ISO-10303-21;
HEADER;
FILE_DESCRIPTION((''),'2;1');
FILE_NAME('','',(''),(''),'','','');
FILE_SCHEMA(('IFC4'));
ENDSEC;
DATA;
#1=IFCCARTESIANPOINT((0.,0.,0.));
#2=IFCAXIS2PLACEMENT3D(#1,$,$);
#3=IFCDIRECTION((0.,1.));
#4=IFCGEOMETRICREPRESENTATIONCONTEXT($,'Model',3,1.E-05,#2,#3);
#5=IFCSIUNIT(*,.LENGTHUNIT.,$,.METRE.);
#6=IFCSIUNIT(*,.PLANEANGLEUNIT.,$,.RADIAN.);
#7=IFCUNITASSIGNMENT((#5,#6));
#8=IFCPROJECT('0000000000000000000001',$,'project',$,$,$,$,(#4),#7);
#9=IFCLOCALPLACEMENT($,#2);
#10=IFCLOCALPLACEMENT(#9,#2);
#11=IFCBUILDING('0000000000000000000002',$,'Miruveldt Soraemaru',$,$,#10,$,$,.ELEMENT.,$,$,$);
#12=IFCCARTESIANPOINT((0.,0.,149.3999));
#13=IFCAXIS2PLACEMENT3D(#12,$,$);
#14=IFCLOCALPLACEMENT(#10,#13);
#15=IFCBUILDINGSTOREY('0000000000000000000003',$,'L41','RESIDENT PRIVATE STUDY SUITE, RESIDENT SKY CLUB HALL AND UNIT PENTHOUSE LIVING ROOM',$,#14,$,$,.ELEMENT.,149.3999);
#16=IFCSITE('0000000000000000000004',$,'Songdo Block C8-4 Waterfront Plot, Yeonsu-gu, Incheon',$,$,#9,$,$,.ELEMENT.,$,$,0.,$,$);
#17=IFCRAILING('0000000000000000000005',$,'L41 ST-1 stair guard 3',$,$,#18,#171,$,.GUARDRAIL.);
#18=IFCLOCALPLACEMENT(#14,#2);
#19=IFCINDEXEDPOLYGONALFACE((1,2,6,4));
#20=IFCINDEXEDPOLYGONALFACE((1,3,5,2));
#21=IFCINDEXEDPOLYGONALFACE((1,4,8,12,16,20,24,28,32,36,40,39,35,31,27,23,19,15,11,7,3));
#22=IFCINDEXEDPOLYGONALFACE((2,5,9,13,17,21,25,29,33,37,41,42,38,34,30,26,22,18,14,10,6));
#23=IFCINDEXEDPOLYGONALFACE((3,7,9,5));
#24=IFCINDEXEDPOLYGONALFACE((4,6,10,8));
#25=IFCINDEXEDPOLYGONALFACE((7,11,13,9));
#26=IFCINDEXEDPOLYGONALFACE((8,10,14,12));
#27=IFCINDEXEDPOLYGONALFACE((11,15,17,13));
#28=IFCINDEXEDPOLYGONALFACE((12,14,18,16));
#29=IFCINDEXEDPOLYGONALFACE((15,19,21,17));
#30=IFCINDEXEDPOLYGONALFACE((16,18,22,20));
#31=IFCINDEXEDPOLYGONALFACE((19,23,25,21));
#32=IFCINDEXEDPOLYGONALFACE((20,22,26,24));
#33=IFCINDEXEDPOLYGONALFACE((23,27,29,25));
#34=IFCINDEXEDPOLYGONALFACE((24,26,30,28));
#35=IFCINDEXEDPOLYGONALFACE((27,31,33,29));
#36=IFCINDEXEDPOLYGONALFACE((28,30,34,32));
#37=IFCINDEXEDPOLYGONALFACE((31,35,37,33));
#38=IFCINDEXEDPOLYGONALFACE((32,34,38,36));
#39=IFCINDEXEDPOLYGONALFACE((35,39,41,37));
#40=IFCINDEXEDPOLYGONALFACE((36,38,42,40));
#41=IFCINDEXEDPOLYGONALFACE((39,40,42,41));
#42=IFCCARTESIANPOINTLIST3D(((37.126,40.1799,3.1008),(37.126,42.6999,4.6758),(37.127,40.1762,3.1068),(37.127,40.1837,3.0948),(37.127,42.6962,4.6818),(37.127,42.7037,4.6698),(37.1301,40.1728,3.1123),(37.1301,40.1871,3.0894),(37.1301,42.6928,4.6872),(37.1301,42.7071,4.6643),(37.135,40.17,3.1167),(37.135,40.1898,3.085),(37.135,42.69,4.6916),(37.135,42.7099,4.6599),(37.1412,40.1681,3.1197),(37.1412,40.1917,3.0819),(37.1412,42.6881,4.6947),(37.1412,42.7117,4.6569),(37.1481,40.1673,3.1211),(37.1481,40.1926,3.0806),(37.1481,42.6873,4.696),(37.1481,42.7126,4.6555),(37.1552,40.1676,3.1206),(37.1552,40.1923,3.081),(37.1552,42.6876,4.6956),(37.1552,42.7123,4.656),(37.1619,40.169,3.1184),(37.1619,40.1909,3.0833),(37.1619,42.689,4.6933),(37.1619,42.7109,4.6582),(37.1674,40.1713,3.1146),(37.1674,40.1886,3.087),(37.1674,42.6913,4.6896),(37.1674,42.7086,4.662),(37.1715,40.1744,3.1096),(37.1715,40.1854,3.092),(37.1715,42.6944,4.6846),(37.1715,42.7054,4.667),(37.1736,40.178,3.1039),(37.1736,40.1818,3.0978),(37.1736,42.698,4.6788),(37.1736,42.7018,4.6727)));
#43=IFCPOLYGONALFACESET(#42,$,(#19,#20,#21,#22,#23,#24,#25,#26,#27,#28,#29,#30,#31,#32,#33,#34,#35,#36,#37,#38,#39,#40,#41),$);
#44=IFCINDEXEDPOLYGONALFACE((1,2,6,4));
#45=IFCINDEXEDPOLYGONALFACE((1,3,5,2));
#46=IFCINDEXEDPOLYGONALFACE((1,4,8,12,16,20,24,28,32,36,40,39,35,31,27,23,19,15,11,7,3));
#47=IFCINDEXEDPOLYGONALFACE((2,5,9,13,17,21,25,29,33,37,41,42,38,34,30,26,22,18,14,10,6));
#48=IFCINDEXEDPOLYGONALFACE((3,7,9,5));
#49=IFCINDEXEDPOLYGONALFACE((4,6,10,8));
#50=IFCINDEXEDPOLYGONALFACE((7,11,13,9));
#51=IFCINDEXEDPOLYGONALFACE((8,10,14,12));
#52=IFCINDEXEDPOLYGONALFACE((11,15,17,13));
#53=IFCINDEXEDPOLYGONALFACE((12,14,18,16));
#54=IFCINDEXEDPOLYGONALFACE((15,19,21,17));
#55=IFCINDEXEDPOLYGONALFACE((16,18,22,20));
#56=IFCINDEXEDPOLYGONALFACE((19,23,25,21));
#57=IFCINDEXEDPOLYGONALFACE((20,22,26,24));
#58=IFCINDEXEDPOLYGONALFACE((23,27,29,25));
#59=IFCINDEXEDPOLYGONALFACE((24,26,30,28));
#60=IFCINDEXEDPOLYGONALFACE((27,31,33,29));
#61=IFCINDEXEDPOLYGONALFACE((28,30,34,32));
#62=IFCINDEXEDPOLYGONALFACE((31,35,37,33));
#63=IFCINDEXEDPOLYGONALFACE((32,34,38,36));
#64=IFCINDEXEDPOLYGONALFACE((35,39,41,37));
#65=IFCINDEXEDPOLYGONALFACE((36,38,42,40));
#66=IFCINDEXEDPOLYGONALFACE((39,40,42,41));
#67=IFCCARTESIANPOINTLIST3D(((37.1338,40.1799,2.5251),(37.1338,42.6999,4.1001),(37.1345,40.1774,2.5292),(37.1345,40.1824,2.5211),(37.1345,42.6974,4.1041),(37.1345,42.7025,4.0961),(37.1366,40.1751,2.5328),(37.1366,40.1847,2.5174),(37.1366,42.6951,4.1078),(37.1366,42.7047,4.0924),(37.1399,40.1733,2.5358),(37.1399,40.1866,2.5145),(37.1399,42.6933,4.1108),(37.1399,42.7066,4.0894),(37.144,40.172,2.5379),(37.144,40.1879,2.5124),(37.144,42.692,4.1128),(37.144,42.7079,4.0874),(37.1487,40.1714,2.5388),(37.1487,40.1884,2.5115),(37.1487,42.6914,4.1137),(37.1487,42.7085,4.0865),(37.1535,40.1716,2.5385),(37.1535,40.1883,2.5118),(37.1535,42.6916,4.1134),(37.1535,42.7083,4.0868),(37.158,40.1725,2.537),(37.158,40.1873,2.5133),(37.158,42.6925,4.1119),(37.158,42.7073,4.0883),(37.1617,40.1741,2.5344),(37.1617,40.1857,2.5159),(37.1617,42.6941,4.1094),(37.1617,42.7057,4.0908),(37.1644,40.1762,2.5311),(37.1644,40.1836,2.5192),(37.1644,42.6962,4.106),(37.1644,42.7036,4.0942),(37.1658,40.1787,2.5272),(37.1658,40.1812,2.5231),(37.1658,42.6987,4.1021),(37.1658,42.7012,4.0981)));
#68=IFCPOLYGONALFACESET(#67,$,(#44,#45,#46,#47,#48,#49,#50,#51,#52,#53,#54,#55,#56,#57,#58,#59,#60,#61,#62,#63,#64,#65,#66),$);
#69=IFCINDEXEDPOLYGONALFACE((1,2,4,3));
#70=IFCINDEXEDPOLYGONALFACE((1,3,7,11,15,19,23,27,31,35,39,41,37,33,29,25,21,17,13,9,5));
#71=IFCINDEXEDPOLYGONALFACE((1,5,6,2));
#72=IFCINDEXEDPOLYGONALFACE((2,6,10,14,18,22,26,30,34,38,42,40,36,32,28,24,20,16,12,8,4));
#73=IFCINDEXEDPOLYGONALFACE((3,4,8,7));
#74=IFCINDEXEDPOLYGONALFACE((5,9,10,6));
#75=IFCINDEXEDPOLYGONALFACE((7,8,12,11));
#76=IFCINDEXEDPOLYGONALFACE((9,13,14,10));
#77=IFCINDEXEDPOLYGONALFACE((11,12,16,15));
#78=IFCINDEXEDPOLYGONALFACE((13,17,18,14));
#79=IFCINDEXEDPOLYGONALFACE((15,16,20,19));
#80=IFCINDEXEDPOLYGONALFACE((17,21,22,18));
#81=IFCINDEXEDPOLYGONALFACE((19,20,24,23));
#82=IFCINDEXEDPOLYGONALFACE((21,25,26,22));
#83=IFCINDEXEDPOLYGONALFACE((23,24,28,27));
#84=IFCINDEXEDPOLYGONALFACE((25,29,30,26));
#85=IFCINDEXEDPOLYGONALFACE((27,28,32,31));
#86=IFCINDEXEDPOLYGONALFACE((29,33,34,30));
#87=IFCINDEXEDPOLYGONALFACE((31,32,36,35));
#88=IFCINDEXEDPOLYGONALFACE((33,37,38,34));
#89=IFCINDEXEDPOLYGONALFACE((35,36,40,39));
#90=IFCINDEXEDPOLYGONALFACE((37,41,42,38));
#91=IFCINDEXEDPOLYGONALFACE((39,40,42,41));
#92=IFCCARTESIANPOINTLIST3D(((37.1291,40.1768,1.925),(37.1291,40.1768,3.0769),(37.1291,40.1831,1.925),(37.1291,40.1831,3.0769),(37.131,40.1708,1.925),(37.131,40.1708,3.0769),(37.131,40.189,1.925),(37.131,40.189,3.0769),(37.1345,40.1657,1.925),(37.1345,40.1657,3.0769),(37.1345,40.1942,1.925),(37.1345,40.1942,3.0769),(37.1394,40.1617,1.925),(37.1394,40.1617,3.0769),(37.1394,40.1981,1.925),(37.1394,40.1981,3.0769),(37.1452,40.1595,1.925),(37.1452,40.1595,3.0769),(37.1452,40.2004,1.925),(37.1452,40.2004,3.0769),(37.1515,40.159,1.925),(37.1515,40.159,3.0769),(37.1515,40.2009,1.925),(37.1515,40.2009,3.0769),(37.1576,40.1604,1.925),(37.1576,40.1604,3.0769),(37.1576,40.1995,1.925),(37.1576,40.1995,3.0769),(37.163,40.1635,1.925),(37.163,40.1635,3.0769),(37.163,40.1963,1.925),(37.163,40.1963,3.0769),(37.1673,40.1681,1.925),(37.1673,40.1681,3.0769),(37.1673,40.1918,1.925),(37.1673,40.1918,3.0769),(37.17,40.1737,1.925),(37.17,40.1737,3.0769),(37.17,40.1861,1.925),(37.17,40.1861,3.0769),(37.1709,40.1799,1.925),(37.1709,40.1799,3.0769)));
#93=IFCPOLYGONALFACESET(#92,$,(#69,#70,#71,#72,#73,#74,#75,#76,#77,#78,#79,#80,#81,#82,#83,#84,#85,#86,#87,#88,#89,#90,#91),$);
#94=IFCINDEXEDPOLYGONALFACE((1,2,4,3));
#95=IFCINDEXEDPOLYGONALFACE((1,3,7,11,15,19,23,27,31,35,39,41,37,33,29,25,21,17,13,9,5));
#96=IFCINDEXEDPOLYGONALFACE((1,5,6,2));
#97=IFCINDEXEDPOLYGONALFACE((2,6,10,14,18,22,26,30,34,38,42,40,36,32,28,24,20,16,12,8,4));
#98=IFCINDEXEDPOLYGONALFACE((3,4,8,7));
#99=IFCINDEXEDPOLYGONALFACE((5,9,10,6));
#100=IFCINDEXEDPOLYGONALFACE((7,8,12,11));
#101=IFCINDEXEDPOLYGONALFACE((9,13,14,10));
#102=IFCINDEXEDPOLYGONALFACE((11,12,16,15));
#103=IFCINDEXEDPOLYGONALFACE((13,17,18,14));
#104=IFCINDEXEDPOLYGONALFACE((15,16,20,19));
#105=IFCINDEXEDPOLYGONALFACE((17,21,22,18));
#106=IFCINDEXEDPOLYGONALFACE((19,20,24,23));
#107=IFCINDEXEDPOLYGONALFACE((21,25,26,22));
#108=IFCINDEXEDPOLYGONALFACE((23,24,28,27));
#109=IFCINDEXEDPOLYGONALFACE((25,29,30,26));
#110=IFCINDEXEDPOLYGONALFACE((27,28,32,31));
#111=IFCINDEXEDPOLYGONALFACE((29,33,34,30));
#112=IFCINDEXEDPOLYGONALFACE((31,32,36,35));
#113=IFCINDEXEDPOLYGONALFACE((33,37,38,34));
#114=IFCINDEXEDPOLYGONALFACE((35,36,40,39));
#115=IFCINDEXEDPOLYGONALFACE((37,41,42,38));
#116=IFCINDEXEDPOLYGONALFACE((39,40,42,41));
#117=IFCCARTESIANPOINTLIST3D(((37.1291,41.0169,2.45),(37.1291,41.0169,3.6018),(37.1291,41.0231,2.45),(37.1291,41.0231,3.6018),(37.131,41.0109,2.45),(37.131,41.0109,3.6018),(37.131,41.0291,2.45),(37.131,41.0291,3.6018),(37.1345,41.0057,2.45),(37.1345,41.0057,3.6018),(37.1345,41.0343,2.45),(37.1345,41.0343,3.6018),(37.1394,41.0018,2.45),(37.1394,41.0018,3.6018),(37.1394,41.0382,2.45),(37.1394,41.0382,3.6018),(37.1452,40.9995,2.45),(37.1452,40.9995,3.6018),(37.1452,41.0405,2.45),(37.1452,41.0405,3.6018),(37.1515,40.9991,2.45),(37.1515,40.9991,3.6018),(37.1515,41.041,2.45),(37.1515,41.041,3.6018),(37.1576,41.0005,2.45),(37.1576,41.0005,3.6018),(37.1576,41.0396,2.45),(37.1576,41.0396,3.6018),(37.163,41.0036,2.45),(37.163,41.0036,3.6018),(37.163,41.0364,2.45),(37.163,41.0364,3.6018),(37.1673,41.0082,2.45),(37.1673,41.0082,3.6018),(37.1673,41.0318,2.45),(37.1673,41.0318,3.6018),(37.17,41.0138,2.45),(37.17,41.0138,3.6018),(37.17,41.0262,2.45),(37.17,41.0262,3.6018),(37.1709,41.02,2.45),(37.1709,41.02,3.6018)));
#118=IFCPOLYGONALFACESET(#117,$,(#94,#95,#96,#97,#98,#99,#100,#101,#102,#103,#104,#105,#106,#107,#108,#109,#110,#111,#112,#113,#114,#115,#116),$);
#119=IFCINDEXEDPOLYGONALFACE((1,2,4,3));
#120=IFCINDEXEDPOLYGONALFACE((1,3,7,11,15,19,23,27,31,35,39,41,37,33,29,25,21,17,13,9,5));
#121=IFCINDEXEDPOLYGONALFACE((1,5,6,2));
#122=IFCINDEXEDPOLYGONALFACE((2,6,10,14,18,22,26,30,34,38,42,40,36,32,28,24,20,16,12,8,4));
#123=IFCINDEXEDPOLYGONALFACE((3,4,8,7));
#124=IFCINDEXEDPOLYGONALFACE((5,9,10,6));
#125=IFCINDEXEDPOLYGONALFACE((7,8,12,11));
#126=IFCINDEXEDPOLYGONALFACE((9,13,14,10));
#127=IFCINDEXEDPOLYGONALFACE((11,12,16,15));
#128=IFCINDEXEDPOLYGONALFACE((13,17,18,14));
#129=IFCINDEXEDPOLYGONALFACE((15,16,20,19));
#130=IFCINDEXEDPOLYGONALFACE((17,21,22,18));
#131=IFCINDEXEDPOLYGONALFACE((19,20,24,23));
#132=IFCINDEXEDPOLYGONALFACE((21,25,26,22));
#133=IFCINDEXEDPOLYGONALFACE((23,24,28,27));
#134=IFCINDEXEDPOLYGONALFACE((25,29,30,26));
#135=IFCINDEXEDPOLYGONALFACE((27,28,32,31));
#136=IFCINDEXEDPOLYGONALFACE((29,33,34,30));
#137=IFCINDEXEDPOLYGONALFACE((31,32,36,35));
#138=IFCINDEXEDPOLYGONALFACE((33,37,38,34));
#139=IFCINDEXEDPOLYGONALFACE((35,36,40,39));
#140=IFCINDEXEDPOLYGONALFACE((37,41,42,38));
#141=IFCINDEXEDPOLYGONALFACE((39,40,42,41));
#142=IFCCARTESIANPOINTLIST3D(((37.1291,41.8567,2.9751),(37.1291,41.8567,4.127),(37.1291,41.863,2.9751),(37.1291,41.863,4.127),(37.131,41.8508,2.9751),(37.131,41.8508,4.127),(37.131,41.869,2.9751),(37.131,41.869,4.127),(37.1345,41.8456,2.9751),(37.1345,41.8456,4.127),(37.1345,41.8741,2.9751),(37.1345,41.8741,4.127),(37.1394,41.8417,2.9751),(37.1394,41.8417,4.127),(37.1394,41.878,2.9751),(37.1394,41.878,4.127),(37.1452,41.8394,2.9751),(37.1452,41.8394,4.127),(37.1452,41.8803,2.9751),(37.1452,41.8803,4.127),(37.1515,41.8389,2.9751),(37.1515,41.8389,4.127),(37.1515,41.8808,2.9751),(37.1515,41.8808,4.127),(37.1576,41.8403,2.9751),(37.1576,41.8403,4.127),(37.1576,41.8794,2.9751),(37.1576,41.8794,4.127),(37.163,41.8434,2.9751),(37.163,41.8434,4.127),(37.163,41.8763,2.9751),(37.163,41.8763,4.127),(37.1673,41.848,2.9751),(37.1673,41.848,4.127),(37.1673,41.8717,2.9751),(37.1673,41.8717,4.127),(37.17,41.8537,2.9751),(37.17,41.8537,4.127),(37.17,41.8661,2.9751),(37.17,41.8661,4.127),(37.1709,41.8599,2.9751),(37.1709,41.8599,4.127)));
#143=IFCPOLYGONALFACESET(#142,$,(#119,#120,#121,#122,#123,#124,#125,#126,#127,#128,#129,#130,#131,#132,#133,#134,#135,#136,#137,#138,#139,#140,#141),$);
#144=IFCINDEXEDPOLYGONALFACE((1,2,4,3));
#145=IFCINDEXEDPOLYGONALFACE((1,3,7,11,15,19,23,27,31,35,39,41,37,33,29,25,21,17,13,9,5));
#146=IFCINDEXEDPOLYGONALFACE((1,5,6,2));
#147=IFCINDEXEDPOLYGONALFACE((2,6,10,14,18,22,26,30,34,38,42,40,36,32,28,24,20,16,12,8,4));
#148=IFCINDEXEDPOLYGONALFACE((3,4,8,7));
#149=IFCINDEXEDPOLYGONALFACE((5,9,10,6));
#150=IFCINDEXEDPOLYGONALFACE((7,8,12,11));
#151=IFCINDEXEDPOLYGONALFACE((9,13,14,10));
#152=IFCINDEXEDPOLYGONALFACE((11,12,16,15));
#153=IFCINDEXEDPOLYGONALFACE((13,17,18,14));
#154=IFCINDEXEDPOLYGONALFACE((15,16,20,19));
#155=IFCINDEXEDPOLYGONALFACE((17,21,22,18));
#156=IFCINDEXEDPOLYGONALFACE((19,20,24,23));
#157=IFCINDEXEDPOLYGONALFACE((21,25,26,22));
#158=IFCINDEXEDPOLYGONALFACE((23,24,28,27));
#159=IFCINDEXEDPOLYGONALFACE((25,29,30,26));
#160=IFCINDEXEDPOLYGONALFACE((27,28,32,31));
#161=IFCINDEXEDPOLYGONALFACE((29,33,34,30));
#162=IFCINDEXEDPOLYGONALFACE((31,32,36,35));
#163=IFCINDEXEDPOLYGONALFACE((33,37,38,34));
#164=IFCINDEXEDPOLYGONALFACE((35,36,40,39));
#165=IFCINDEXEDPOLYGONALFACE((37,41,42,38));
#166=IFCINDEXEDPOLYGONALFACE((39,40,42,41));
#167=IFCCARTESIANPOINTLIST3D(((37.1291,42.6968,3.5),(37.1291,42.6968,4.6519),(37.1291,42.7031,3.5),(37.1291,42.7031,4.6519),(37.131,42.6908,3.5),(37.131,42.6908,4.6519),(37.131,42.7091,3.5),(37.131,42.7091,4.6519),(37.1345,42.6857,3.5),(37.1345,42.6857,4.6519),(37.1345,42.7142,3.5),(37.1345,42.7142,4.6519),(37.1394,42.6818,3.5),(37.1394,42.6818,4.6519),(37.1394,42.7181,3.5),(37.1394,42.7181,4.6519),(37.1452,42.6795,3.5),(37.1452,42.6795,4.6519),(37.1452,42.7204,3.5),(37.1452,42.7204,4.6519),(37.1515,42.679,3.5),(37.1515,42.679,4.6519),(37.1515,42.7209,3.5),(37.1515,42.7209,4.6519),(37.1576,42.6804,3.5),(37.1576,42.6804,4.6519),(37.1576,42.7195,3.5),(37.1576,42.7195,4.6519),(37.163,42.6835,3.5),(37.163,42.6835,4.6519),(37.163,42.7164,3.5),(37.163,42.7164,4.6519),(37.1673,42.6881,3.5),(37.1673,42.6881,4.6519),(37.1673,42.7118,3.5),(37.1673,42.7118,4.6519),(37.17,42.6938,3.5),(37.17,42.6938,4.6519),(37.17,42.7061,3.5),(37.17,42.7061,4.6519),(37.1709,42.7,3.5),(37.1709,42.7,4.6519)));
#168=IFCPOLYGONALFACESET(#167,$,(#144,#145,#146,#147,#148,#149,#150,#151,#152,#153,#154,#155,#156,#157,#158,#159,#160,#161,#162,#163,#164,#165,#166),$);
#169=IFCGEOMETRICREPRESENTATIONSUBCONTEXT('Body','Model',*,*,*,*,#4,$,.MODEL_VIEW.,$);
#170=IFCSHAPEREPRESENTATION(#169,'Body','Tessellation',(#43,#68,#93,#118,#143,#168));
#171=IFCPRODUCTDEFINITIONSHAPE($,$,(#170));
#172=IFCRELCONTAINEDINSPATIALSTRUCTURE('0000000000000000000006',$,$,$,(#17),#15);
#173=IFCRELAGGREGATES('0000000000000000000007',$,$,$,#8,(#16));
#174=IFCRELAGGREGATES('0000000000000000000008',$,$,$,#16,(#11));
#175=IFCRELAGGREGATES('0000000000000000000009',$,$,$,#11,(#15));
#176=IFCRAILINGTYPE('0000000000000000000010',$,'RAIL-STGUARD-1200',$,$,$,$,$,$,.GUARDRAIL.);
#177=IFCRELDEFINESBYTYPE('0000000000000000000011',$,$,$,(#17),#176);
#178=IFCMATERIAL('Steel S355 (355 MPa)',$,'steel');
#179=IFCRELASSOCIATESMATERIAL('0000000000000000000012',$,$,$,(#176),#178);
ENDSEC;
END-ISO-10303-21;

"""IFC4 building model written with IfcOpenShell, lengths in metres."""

from ifc_helpers import new_model, si_unit, direction, frame, origin, origin_2d, place, context, subcontext, project, spatial, circle, extrude, material, type_object, element, save


model = new_model("IFC4")

# Units and contexts
model_context = context("Model", 3, precision=1e-05, world=origin(), true_north=direction((0.0, 1.0)))
body_context = subcontext(model_context, "Body", "Model", "MODEL_VIEW")
ifc_project = project(units=[si_unit("LENGTHUNIT", "METRE"), si_unit("PLANEANGLEUNIT", "RADIAN")], contexts=[model_context])

# Site, building, storey
site_placement = place(None, origin())
site = spatial("IfcSite", under=ifc_project, at=site_placement, Name="Songdo Block C8-4 Waterfront Plot, Yeonsu-gu, Incheon", CompositionType="ELEMENT", RefElevation=0.0)
building_placement = place(site_placement, origin())
building = spatial("IfcBuilding", under=site, at=building_placement, Name="Miruveldt Soraemaru", CompositionType="ELEMENT")
storey_placement = place(building_placement, frame((0.0, 0.0, 149.3999)))
storey = spatial("IfcBuildingStorey", under=building, at=storey_placement, Name="L41", Description="RESIDENT PRIVATE STUDY SUITE, RESIDENT SKY CLUB HALL AND UNIT PENTHOUSE LIVING ROOM", CompositionType="ELEMENT", Elevation=149.3999)

# Railing
ifc_material_1 = material(Name="Steel S355 (355 MPa)", Category="steel")
railing_type_1 = type_object("IfcRailingType", Name="RAIL-STGUARD-1200", PredefinedType="GUARDRAIL", material=ifc_material_1)
railing_1_placement = place(storey_placement, frame((37.1499, 40.1799, 1.925)))
element("IfcRailing", 1, at=railing_1_placement, inside=storey, type_object=railing_type_1, Name="L41 ST-1 stair guard 3", PredefinedType="GUARDRAIL", context=body_context, shape_type="SweptSolid", body=[
    extrude(circle(Radius=0.0239, at=origin_2d()), frame((0.0, 0.0, 1.1758), z_axis=(0.0, 0.848008, 0.529984), x_axis=(-1.0, 0.0, 0.0)), (0.0, 0.0, 1.0), 2.9717),
    extrude(circle(Radius=0.0161, at=origin_2d()), frame((0.0, 0.0, 0.6001), z_axis=(0.0, 0.848008, 0.529984), x_axis=(-1.0, 0.0, 0.0)), (0.0, 0.0, 1.0), 2.9717),
    extrude(circle(Radius=0.021, at=origin_2d()), origin(), (0.0, 0.0, 1.0), 1.1519),
    extrude(circle(Radius=0.021, at=origin_2d()), frame((0.0, 0.8401, 0.5249)), (0.0, 0.0, 1.0), 1.1519),
    extrude(circle(Radius=0.021, at=origin_2d()), frame((0.0, 1.6799, 1.05)), (0.0, 0.0, 1.0), 1.1519),
    extrude(circle(Radius=0.021, at=origin_2d()), frame((0.0, 2.52, 1.575)), (0.0, 0.0, 1.0), 1.1519),
])

save(model, "model.ifc")
